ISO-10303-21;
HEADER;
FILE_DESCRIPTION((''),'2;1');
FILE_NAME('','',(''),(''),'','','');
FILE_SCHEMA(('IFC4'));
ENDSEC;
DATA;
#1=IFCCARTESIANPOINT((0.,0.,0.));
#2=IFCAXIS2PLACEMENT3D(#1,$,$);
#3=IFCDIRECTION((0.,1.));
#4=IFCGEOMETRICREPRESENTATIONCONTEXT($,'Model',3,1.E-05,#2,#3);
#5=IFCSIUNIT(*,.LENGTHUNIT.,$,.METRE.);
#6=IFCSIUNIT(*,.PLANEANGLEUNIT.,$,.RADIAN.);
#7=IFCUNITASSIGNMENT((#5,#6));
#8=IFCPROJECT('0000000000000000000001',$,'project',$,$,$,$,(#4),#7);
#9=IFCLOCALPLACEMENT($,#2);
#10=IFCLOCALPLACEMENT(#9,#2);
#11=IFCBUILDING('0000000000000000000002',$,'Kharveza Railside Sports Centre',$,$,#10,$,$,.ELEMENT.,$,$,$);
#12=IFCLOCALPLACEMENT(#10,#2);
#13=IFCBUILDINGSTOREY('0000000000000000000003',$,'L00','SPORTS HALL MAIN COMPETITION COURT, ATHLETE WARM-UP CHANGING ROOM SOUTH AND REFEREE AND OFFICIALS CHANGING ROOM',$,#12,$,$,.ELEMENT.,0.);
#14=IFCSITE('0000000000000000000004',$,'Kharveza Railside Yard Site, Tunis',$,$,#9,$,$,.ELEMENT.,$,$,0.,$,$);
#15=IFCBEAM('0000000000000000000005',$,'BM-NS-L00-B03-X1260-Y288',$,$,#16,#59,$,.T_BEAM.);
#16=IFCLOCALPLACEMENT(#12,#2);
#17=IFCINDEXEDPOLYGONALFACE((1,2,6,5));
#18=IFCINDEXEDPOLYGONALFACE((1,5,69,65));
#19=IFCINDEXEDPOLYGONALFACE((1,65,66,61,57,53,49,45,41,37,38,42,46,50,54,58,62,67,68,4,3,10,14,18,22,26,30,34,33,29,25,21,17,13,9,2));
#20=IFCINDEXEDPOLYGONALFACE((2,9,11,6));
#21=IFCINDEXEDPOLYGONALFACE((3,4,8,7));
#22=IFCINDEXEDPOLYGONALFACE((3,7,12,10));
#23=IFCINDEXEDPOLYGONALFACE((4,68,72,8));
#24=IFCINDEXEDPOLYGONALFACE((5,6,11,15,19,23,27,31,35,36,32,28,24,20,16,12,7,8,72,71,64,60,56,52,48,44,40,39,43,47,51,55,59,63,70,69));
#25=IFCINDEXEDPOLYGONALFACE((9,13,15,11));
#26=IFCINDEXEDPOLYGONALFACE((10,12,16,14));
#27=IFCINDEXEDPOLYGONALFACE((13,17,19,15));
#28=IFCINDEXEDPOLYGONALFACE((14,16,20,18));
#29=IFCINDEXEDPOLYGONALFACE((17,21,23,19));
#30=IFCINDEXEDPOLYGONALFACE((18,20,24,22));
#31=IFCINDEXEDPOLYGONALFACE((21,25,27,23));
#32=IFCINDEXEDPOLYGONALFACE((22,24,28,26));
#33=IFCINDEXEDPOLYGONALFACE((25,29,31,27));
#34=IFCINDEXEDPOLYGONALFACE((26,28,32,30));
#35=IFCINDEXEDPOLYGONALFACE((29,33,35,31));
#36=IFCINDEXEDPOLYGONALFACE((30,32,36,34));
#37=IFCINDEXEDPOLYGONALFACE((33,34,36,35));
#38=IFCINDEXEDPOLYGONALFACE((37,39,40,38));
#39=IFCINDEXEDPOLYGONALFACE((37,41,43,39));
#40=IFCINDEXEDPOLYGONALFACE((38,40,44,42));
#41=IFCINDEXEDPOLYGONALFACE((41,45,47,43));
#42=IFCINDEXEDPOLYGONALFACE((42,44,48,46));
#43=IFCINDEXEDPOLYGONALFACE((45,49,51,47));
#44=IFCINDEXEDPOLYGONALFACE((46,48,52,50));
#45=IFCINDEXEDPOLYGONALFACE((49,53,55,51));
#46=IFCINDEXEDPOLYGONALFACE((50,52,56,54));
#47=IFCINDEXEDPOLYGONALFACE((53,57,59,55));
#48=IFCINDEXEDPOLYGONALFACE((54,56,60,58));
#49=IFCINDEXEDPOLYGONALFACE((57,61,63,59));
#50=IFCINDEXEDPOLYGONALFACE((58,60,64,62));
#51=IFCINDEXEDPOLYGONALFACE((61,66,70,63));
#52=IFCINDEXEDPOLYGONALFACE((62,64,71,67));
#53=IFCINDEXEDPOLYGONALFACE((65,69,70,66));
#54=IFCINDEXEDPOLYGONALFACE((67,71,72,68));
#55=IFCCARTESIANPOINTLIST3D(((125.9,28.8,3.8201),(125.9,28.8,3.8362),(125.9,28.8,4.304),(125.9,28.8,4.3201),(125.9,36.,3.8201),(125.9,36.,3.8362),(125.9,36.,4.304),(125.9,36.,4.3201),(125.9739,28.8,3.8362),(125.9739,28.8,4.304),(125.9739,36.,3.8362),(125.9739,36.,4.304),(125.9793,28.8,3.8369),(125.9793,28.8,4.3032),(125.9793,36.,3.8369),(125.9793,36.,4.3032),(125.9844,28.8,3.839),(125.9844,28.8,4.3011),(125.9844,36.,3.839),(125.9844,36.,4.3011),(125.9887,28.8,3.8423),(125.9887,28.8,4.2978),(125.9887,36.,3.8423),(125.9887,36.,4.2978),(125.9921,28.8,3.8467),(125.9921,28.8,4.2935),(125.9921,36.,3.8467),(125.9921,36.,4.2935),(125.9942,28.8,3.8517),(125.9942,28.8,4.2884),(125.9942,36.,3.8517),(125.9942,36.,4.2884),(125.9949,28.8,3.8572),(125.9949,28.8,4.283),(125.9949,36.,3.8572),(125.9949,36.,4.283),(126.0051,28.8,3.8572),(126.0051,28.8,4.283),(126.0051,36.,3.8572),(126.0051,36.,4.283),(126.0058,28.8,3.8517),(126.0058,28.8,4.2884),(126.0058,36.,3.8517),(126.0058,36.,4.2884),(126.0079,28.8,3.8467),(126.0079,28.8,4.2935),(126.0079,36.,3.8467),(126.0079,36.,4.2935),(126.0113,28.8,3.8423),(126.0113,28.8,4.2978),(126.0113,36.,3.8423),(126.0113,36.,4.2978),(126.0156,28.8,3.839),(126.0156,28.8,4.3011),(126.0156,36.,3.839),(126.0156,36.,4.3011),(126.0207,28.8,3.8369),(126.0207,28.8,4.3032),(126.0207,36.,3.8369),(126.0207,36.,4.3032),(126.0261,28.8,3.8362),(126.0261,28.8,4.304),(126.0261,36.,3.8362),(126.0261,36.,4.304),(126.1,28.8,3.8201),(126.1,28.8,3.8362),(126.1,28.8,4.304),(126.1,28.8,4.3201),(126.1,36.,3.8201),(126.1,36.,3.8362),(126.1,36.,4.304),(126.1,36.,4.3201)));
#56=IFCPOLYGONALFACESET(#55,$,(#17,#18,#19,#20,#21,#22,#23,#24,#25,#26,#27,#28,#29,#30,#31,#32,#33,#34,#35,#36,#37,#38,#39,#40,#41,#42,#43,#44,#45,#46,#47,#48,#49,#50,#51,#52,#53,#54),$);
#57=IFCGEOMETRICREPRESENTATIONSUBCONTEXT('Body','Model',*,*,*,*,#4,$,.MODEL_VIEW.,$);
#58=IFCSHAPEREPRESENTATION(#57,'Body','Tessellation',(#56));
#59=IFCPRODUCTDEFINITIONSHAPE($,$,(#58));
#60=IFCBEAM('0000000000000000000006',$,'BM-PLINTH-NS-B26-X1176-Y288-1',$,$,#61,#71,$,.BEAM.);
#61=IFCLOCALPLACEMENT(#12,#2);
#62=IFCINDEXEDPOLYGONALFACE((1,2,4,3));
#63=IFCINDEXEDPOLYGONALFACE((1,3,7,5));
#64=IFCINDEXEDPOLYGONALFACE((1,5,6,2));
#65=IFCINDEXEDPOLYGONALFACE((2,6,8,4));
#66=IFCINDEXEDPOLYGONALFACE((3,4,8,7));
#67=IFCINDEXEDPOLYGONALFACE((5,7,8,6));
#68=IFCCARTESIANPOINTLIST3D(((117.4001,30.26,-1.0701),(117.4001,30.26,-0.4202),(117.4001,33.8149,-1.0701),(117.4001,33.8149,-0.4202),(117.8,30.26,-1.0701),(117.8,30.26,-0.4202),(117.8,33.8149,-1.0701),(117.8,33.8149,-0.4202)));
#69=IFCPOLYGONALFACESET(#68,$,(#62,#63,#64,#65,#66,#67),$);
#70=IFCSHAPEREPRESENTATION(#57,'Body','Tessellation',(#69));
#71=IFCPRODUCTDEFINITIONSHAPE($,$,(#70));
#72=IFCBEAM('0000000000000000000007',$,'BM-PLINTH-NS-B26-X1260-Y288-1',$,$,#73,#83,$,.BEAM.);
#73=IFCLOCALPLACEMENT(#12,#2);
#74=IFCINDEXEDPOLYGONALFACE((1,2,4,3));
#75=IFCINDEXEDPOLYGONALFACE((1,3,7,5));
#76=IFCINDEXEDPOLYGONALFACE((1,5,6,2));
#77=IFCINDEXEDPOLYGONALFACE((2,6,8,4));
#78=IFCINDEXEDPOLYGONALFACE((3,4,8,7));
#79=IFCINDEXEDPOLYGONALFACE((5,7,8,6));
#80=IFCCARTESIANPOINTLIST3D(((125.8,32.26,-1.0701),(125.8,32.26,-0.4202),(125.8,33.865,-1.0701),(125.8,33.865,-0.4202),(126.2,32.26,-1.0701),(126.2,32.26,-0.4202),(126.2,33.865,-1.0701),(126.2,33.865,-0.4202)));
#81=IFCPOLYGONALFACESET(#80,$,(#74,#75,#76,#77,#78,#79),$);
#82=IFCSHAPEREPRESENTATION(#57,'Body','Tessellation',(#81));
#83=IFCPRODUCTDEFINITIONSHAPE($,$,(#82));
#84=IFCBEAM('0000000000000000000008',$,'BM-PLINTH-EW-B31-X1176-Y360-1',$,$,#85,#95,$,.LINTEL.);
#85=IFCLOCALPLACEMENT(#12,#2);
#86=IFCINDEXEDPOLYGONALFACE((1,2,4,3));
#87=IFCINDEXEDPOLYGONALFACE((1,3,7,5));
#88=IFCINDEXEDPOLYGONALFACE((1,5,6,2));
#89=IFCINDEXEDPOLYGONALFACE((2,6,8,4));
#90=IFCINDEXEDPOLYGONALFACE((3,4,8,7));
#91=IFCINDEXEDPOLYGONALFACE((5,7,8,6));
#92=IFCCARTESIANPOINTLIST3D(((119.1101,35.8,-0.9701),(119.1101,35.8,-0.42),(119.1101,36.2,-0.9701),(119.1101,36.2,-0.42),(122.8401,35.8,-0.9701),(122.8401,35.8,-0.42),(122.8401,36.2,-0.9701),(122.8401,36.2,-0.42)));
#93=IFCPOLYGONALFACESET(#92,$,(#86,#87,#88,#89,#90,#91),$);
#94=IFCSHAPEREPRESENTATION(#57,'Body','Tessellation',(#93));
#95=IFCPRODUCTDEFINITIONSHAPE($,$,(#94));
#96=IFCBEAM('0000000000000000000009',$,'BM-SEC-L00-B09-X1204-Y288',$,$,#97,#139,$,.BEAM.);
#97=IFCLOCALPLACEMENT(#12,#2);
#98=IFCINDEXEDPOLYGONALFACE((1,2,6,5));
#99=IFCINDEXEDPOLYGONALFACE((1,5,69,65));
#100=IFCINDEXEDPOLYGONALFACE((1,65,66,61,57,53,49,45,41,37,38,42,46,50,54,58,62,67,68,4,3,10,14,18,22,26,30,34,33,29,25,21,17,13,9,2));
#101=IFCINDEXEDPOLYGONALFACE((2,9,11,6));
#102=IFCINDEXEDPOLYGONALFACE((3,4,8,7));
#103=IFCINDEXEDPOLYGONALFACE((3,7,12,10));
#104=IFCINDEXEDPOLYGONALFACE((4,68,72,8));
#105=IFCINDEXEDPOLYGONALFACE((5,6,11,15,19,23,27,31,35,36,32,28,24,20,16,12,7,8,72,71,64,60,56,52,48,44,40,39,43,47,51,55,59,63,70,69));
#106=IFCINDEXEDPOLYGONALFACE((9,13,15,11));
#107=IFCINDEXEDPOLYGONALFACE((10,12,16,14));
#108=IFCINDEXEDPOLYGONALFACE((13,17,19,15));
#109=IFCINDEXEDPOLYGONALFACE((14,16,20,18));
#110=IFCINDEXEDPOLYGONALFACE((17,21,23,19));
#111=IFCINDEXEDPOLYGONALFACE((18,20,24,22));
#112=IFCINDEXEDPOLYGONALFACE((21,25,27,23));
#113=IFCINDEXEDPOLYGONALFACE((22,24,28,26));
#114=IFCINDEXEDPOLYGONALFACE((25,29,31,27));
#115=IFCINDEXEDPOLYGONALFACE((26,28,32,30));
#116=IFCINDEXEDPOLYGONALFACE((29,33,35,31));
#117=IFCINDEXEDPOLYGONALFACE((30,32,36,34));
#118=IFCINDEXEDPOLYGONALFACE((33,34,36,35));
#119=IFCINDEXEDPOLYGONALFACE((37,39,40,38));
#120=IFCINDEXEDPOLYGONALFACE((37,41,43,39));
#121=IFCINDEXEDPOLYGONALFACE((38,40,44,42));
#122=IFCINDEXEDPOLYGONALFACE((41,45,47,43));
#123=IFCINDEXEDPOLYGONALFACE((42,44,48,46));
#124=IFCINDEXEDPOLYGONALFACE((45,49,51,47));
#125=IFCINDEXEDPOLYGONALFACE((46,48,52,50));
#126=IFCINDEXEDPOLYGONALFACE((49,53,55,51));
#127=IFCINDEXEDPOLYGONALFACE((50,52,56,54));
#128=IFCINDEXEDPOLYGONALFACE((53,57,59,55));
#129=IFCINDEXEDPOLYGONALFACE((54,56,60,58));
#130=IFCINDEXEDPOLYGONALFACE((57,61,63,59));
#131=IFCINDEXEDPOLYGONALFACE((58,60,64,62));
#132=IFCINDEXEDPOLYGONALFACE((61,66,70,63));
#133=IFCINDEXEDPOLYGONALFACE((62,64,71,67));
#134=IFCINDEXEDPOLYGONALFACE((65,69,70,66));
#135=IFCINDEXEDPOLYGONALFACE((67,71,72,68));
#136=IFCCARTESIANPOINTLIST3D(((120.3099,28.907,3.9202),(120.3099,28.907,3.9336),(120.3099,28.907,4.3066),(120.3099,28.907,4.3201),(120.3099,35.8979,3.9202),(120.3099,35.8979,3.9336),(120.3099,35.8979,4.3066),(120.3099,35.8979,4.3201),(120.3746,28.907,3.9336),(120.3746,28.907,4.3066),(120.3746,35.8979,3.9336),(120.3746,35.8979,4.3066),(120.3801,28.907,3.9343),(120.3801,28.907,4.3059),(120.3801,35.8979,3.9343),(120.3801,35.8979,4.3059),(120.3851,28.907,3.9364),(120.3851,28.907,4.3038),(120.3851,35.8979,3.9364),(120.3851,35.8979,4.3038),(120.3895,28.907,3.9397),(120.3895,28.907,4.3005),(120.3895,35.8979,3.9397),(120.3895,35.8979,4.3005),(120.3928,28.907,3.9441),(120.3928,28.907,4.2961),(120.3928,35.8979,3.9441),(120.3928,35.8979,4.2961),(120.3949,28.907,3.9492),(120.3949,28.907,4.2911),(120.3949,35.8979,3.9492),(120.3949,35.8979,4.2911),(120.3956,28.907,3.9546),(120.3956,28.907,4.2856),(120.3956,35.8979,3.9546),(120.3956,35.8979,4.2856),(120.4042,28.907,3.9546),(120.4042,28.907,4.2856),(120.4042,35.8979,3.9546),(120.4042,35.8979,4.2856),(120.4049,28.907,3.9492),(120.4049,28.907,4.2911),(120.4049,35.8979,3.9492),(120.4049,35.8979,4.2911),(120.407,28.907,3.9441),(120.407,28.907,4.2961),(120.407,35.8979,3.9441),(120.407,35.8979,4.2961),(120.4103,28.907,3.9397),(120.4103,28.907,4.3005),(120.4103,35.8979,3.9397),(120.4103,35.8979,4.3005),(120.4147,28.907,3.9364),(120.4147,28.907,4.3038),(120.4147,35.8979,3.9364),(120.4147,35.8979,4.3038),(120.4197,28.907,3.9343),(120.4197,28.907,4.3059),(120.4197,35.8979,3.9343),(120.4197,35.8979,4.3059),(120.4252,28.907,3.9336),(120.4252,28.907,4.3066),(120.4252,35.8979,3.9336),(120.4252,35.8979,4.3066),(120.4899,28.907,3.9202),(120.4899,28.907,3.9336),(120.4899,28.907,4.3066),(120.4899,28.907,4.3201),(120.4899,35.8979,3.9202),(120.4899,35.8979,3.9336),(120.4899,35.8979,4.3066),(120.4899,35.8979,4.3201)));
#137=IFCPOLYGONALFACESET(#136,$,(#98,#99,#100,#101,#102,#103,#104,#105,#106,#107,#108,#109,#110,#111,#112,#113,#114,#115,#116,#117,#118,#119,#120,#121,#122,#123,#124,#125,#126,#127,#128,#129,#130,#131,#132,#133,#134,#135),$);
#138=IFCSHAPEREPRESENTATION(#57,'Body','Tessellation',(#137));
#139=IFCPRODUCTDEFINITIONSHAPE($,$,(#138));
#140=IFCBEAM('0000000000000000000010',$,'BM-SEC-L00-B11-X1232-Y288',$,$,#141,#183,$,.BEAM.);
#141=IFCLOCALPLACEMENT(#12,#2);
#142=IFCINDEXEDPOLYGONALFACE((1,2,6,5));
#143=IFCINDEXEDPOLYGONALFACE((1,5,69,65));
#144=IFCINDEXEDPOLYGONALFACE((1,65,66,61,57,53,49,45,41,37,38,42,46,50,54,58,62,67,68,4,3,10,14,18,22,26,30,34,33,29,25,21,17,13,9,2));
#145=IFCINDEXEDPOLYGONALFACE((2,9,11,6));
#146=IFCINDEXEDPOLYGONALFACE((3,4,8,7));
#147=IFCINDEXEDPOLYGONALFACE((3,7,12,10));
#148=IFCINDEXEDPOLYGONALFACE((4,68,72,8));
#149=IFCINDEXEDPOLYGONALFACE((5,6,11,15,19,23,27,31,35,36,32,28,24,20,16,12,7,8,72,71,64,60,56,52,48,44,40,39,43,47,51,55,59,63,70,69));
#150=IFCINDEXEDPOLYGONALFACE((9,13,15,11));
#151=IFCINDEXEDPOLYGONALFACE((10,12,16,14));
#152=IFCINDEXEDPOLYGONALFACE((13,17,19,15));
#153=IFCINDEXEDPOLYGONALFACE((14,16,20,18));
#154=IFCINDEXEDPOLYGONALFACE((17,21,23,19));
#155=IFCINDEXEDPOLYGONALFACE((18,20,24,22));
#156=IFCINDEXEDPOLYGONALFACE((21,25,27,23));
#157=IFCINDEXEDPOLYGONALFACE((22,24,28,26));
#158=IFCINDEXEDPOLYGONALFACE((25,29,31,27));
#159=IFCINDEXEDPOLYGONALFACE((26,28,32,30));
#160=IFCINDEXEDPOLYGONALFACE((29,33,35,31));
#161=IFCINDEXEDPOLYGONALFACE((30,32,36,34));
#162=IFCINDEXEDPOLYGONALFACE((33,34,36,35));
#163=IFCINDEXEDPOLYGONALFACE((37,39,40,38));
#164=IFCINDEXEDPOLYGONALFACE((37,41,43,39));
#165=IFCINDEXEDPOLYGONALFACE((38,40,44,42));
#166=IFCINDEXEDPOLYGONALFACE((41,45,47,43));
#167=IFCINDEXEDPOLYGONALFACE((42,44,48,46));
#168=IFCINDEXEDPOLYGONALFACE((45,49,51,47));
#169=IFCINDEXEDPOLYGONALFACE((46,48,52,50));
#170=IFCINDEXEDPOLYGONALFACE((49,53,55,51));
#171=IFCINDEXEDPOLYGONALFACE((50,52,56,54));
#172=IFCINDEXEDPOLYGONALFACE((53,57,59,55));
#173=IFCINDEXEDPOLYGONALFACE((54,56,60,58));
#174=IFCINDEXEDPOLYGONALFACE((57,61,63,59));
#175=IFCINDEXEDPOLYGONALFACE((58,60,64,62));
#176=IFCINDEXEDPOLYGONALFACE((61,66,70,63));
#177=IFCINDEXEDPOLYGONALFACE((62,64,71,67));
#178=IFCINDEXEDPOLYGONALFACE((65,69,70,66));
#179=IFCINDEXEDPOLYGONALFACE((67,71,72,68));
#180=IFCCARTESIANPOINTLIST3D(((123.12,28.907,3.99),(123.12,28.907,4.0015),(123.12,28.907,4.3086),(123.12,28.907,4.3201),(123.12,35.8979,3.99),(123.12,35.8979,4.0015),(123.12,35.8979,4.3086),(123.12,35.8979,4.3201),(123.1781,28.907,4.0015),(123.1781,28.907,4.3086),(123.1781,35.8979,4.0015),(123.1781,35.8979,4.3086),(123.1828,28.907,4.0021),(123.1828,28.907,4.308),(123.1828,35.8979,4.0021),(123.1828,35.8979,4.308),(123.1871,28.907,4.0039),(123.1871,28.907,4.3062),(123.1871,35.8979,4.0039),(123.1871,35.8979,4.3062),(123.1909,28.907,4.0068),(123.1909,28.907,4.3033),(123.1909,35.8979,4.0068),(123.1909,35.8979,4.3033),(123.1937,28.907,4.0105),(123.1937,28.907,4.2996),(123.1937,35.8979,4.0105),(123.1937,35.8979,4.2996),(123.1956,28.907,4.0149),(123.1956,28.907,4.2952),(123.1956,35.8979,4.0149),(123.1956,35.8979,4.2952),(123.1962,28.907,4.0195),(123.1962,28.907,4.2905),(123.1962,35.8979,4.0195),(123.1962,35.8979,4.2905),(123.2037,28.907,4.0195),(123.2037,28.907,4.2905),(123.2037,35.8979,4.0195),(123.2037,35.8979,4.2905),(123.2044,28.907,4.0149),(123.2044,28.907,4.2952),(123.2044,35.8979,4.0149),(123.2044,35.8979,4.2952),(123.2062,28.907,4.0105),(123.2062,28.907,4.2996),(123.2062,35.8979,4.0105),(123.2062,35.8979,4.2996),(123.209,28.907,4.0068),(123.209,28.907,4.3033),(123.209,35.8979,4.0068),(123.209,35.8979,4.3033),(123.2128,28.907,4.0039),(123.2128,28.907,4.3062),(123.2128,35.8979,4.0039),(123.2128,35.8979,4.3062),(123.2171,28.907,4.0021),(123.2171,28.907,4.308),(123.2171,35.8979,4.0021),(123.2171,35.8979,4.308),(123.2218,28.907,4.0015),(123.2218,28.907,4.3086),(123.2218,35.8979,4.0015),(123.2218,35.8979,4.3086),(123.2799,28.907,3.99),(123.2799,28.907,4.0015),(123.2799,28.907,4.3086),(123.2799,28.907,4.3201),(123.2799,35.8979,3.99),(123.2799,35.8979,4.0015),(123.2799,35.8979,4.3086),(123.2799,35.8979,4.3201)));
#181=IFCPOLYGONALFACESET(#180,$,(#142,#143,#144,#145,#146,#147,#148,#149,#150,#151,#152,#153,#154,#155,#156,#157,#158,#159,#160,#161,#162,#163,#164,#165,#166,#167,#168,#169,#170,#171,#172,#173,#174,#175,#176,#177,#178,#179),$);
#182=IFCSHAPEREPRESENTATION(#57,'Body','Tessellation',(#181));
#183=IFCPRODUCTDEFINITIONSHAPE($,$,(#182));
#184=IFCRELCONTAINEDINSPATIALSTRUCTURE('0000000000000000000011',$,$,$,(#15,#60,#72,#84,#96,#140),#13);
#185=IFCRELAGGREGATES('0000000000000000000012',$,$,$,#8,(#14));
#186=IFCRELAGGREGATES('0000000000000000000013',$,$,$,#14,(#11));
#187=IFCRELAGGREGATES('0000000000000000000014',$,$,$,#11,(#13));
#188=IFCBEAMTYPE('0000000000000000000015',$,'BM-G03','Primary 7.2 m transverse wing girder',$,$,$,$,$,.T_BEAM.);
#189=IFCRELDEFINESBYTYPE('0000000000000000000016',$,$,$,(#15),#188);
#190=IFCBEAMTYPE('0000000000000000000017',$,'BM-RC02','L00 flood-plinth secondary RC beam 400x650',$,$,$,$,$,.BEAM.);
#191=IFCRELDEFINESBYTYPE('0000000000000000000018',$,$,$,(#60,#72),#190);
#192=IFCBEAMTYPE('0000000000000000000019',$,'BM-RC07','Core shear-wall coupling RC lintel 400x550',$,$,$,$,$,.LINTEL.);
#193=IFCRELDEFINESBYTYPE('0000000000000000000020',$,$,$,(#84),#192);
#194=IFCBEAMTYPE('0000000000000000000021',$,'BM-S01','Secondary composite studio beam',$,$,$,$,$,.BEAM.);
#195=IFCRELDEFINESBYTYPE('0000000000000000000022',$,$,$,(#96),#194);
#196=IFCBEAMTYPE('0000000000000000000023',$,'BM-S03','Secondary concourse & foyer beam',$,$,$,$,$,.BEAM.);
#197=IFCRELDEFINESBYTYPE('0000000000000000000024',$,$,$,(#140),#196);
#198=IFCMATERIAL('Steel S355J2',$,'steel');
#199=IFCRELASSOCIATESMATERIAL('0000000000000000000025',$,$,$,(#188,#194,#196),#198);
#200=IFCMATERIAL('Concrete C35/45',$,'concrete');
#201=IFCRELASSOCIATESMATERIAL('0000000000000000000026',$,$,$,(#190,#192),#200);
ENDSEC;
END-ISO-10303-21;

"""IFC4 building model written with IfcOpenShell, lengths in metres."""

from ifc_helpers import new_model, si_unit, direction, frame, origin, origin_2d, place, context, subcontext, project, spatial, rectangle, i_section, extrude, material, material_profile, profile_set, type_object, element, save


model = new_model("IFC4")

# Units and contexts
model_context = context("Model", 3, precision=1e-05, world=origin(), true_north=direction((0.0, 1.0)))
body_context = subcontext(model_context, "Body", "Model", "MODEL_VIEW")
ifc_project = project(units=[si_unit("LENGTHUNIT", "METRE"), si_unit("PLANEANGLEUNIT", "RADIAN")], contexts=[model_context])

# Site, building, storey
site_placement = place(None, origin())
site = spatial("IfcSite", under=ifc_project, at=site_placement, Name="Kharveza Railside Yard Site, Tunis", CompositionType="ELEMENT", RefElevation=0.0)
building_placement = place(site_placement, origin())
building = spatial("IfcBuilding", under=site, at=building_placement, Name="Kharveza Railside Sports Centre", CompositionType="ELEMENT")
storey_placement = place(building_placement, origin())
storey = spatial("IfcBuildingStorey", under=building, at=storey_placement, Name="L00", Description="SPORTS HALL MAIN COMPETITION COURT, ATHLETE WARM-UP CHANGING ROOM SOUTH AND REFEREE AND OFFICIALS CHANGING ROOM", CompositionType="ELEMENT", Elevation=0.0)

# Shared definitions
ifc_material_1 = material(Name="Concrete C35/45", Category="concrete")

# Shared definitions
ifc_material_2 = material(Name="Steel S355J2", Category="steel")

# Beams
ifc_material_profile_1 = material_profile(ifc_material_2, i_section(OverallWidth=0.2, OverallDepth=0.5, WebThickness=0.0103, FlangeThickness=0.0161, FilletRadius=0.021, at=origin_2d()), Name="IPE 500")
ifc_profile_set_1 = profile_set([ifc_material_profile_1], Name="Steel S355J2")
beam_type_1 = type_object("IfcBeamType", Name="BM-G03", Description="Primary 7.2 m transverse wing girder", PredefinedType="T_BEAM", material=ifc_profile_set_1)
beam_1_placement = place(storey_placement, frame((126.0, 28.8, 4.0701), z_axis=(0.0, 1.0, 0.0), x_axis=(-1.0, 0.0, 0.0)))
element("IfcBeam", 1, at=beam_1_placement, inside=storey, type_object=beam_type_1, Name="BM-NS-L00-B03-X1260-Y288", PredefinedType="T_BEAM", context=body_context, shape_type="SweptSolid", body=[
    extrude(i_section(OverallWidth=0.2, OverallDepth=0.5, WebThickness=0.0103, FlangeThickness=0.0161, FilletRadius=0.021, at=origin_2d()), origin(), (0.0, 0.0, 1.0), 7.2),
])
ifc_material_profile_2 = material_profile(ifc_material_1, rectangle(XDim=0.3999, YDim=0.6499, at=origin_2d()), Name="RCB 400x650")
ifc_profile_set_2 = profile_set([ifc_material_profile_2], Name="Concrete C35/45")
beam_type_2 = type_object("IfcBeamType", Name="BM-RC02", Description="L00 flood-plinth secondary RC beam 400x650", PredefinedType="BEAM", material=ifc_profile_set_2)
beam_2_placement = place(storey_placement, frame((117.6001, 30.26, -0.7451), z_axis=(0.0, 1.0, 0.0), x_axis=(-1.0, 0.0, 0.0)))
element("IfcBeam", 2, at=beam_2_placement, inside=storey, type_object=beam_type_2, Name="BM-PLINTH-NS-B26-X1176-Y288-1", PredefinedType="BEAM", context=body_context, shape_type="SweptSolid", body=[
    extrude(rectangle(XDim=0.3999, YDim=0.6499, at=origin_2d()), origin(), (0.0, 0.0, 1.0), 3.5549),
])
beam_3_placement = place(storey_placement, frame((126.0, 32.26, -0.7451), z_axis=(0.0, 1.0, 0.0), x_axis=(-1.0, 0.0, 0.0)))
element("IfcBeam", 3, at=beam_3_placement, inside=storey, type_object=beam_type_2, Name="BM-PLINTH-NS-B26-X1260-Y288-1", PredefinedType="BEAM", context=body_context, shape_type="SweptSolid", body=[
    extrude(rectangle(XDim=0.3999, YDim=0.6499, at=origin_2d()), origin(), (0.0, 0.0, 1.0), 1.605),
])
ifc_material_profile_3 = material_profile(ifc_material_1, rectangle(XDim=0.3999, YDim=0.55, at=origin_2d()), Name="RCB 400x550")
ifc_profile_set_3 = profile_set([ifc_material_profile_3], Name="Concrete C35/45")
beam_type_3 = type_object("IfcBeamType", Name="BM-RC07", Description="Core shear-wall coupling RC lintel 400x550", PredefinedType="LINTEL", material=ifc_profile_set_3)
beam_4_placement = place(storey_placement, frame((119.1101, 36.0, -0.6951), z_axis=(1.0, 0.0, 0.0), x_axis=(0.0, 1.0, 0.0)))
element("IfcBeam", 4, at=beam_4_placement, inside=storey, type_object=beam_type_3, Name="BM-PLINTH-EW-B31-X1176-Y360-1", PredefinedType="LINTEL", context=body_context, shape_type="SweptSolid", body=[
    extrude(rectangle(XDim=0.3999, YDim=0.55, at=origin_2d()), origin(), (0.0, 0.0, 1.0), 3.73),
])
ifc_material_profile_4 = material_profile(ifc_material_2, i_section(OverallWidth=0.1799, OverallDepth=0.3999, WebThickness=0.0085, FlangeThickness=0.0134, FilletRadius=0.021, at=origin_2d()), Name="IPE 400")
ifc_profile_set_4 = profile_set([ifc_material_profile_4], Name="Steel S355J2")
beam_type_4 = type_object("IfcBeamType", Name="BM-S01", Description="Secondary composite studio beam", PredefinedType="BEAM", material=ifc_profile_set_4)
beam_5_placement = place(storey_placement, frame((120.3999, 28.907, 4.1201), z_axis=(0.0, 1.0, 0.0), x_axis=(-1.0, 0.0, 0.0)))
element("IfcBeam", 5, at=beam_5_placement, inside=storey, type_object=beam_type_4, Name="BM-SEC-L00-B09-X1204-Y288", PredefinedType="BEAM", context=body_context, shape_type="SweptSolid", body=[
    extrude(i_section(OverallWidth=0.1799, OverallDepth=0.3999, WebThickness=0.0085, FlangeThickness=0.0134, FilletRadius=0.021, at=origin_2d()), origin(), (0.0, 0.0, 1.0), 6.991),
])
ifc_material_profile_5 = material_profile(ifc_material_2, i_section(OverallWidth=0.1599, OverallDepth=0.3301, WebThickness=0.0076, FlangeThickness=0.0115, FilletRadius=0.0181, at=origin_2d()), Name="IPE 330")
ifc_profile_set_5 = profile_set([ifc_material_profile_5], Name="Steel S355J2")
beam_type_5 = type_object("IfcBeamType", Name="BM-S03", Description="Secondary concourse & foyer beam", PredefinedType="BEAM", material=ifc_profile_set_5)
beam_6_placement = place(storey_placement, frame((123.2, 28.907, 4.155), z_axis=(0.0, 1.0, 0.0), x_axis=(-1.0, 0.0, 0.0)))
element("IfcBeam", 6, at=beam_6_placement, inside=storey, type_object=beam_type_5, Name="BM-SEC-L00-B11-X1232-Y288", PredefinedType="BEAM", context=body_context, shape_type="SweptSolid", body=[
    extrude(i_section(OverallWidth=0.1599, OverallDepth=0.3301, WebThickness=0.0076, FlangeThickness=0.0115, FilletRadius=0.0181, at=origin_2d()), origin(), (0.0, 0.0, 1.0), 6.991),
])

save(model, "model.ifc")
